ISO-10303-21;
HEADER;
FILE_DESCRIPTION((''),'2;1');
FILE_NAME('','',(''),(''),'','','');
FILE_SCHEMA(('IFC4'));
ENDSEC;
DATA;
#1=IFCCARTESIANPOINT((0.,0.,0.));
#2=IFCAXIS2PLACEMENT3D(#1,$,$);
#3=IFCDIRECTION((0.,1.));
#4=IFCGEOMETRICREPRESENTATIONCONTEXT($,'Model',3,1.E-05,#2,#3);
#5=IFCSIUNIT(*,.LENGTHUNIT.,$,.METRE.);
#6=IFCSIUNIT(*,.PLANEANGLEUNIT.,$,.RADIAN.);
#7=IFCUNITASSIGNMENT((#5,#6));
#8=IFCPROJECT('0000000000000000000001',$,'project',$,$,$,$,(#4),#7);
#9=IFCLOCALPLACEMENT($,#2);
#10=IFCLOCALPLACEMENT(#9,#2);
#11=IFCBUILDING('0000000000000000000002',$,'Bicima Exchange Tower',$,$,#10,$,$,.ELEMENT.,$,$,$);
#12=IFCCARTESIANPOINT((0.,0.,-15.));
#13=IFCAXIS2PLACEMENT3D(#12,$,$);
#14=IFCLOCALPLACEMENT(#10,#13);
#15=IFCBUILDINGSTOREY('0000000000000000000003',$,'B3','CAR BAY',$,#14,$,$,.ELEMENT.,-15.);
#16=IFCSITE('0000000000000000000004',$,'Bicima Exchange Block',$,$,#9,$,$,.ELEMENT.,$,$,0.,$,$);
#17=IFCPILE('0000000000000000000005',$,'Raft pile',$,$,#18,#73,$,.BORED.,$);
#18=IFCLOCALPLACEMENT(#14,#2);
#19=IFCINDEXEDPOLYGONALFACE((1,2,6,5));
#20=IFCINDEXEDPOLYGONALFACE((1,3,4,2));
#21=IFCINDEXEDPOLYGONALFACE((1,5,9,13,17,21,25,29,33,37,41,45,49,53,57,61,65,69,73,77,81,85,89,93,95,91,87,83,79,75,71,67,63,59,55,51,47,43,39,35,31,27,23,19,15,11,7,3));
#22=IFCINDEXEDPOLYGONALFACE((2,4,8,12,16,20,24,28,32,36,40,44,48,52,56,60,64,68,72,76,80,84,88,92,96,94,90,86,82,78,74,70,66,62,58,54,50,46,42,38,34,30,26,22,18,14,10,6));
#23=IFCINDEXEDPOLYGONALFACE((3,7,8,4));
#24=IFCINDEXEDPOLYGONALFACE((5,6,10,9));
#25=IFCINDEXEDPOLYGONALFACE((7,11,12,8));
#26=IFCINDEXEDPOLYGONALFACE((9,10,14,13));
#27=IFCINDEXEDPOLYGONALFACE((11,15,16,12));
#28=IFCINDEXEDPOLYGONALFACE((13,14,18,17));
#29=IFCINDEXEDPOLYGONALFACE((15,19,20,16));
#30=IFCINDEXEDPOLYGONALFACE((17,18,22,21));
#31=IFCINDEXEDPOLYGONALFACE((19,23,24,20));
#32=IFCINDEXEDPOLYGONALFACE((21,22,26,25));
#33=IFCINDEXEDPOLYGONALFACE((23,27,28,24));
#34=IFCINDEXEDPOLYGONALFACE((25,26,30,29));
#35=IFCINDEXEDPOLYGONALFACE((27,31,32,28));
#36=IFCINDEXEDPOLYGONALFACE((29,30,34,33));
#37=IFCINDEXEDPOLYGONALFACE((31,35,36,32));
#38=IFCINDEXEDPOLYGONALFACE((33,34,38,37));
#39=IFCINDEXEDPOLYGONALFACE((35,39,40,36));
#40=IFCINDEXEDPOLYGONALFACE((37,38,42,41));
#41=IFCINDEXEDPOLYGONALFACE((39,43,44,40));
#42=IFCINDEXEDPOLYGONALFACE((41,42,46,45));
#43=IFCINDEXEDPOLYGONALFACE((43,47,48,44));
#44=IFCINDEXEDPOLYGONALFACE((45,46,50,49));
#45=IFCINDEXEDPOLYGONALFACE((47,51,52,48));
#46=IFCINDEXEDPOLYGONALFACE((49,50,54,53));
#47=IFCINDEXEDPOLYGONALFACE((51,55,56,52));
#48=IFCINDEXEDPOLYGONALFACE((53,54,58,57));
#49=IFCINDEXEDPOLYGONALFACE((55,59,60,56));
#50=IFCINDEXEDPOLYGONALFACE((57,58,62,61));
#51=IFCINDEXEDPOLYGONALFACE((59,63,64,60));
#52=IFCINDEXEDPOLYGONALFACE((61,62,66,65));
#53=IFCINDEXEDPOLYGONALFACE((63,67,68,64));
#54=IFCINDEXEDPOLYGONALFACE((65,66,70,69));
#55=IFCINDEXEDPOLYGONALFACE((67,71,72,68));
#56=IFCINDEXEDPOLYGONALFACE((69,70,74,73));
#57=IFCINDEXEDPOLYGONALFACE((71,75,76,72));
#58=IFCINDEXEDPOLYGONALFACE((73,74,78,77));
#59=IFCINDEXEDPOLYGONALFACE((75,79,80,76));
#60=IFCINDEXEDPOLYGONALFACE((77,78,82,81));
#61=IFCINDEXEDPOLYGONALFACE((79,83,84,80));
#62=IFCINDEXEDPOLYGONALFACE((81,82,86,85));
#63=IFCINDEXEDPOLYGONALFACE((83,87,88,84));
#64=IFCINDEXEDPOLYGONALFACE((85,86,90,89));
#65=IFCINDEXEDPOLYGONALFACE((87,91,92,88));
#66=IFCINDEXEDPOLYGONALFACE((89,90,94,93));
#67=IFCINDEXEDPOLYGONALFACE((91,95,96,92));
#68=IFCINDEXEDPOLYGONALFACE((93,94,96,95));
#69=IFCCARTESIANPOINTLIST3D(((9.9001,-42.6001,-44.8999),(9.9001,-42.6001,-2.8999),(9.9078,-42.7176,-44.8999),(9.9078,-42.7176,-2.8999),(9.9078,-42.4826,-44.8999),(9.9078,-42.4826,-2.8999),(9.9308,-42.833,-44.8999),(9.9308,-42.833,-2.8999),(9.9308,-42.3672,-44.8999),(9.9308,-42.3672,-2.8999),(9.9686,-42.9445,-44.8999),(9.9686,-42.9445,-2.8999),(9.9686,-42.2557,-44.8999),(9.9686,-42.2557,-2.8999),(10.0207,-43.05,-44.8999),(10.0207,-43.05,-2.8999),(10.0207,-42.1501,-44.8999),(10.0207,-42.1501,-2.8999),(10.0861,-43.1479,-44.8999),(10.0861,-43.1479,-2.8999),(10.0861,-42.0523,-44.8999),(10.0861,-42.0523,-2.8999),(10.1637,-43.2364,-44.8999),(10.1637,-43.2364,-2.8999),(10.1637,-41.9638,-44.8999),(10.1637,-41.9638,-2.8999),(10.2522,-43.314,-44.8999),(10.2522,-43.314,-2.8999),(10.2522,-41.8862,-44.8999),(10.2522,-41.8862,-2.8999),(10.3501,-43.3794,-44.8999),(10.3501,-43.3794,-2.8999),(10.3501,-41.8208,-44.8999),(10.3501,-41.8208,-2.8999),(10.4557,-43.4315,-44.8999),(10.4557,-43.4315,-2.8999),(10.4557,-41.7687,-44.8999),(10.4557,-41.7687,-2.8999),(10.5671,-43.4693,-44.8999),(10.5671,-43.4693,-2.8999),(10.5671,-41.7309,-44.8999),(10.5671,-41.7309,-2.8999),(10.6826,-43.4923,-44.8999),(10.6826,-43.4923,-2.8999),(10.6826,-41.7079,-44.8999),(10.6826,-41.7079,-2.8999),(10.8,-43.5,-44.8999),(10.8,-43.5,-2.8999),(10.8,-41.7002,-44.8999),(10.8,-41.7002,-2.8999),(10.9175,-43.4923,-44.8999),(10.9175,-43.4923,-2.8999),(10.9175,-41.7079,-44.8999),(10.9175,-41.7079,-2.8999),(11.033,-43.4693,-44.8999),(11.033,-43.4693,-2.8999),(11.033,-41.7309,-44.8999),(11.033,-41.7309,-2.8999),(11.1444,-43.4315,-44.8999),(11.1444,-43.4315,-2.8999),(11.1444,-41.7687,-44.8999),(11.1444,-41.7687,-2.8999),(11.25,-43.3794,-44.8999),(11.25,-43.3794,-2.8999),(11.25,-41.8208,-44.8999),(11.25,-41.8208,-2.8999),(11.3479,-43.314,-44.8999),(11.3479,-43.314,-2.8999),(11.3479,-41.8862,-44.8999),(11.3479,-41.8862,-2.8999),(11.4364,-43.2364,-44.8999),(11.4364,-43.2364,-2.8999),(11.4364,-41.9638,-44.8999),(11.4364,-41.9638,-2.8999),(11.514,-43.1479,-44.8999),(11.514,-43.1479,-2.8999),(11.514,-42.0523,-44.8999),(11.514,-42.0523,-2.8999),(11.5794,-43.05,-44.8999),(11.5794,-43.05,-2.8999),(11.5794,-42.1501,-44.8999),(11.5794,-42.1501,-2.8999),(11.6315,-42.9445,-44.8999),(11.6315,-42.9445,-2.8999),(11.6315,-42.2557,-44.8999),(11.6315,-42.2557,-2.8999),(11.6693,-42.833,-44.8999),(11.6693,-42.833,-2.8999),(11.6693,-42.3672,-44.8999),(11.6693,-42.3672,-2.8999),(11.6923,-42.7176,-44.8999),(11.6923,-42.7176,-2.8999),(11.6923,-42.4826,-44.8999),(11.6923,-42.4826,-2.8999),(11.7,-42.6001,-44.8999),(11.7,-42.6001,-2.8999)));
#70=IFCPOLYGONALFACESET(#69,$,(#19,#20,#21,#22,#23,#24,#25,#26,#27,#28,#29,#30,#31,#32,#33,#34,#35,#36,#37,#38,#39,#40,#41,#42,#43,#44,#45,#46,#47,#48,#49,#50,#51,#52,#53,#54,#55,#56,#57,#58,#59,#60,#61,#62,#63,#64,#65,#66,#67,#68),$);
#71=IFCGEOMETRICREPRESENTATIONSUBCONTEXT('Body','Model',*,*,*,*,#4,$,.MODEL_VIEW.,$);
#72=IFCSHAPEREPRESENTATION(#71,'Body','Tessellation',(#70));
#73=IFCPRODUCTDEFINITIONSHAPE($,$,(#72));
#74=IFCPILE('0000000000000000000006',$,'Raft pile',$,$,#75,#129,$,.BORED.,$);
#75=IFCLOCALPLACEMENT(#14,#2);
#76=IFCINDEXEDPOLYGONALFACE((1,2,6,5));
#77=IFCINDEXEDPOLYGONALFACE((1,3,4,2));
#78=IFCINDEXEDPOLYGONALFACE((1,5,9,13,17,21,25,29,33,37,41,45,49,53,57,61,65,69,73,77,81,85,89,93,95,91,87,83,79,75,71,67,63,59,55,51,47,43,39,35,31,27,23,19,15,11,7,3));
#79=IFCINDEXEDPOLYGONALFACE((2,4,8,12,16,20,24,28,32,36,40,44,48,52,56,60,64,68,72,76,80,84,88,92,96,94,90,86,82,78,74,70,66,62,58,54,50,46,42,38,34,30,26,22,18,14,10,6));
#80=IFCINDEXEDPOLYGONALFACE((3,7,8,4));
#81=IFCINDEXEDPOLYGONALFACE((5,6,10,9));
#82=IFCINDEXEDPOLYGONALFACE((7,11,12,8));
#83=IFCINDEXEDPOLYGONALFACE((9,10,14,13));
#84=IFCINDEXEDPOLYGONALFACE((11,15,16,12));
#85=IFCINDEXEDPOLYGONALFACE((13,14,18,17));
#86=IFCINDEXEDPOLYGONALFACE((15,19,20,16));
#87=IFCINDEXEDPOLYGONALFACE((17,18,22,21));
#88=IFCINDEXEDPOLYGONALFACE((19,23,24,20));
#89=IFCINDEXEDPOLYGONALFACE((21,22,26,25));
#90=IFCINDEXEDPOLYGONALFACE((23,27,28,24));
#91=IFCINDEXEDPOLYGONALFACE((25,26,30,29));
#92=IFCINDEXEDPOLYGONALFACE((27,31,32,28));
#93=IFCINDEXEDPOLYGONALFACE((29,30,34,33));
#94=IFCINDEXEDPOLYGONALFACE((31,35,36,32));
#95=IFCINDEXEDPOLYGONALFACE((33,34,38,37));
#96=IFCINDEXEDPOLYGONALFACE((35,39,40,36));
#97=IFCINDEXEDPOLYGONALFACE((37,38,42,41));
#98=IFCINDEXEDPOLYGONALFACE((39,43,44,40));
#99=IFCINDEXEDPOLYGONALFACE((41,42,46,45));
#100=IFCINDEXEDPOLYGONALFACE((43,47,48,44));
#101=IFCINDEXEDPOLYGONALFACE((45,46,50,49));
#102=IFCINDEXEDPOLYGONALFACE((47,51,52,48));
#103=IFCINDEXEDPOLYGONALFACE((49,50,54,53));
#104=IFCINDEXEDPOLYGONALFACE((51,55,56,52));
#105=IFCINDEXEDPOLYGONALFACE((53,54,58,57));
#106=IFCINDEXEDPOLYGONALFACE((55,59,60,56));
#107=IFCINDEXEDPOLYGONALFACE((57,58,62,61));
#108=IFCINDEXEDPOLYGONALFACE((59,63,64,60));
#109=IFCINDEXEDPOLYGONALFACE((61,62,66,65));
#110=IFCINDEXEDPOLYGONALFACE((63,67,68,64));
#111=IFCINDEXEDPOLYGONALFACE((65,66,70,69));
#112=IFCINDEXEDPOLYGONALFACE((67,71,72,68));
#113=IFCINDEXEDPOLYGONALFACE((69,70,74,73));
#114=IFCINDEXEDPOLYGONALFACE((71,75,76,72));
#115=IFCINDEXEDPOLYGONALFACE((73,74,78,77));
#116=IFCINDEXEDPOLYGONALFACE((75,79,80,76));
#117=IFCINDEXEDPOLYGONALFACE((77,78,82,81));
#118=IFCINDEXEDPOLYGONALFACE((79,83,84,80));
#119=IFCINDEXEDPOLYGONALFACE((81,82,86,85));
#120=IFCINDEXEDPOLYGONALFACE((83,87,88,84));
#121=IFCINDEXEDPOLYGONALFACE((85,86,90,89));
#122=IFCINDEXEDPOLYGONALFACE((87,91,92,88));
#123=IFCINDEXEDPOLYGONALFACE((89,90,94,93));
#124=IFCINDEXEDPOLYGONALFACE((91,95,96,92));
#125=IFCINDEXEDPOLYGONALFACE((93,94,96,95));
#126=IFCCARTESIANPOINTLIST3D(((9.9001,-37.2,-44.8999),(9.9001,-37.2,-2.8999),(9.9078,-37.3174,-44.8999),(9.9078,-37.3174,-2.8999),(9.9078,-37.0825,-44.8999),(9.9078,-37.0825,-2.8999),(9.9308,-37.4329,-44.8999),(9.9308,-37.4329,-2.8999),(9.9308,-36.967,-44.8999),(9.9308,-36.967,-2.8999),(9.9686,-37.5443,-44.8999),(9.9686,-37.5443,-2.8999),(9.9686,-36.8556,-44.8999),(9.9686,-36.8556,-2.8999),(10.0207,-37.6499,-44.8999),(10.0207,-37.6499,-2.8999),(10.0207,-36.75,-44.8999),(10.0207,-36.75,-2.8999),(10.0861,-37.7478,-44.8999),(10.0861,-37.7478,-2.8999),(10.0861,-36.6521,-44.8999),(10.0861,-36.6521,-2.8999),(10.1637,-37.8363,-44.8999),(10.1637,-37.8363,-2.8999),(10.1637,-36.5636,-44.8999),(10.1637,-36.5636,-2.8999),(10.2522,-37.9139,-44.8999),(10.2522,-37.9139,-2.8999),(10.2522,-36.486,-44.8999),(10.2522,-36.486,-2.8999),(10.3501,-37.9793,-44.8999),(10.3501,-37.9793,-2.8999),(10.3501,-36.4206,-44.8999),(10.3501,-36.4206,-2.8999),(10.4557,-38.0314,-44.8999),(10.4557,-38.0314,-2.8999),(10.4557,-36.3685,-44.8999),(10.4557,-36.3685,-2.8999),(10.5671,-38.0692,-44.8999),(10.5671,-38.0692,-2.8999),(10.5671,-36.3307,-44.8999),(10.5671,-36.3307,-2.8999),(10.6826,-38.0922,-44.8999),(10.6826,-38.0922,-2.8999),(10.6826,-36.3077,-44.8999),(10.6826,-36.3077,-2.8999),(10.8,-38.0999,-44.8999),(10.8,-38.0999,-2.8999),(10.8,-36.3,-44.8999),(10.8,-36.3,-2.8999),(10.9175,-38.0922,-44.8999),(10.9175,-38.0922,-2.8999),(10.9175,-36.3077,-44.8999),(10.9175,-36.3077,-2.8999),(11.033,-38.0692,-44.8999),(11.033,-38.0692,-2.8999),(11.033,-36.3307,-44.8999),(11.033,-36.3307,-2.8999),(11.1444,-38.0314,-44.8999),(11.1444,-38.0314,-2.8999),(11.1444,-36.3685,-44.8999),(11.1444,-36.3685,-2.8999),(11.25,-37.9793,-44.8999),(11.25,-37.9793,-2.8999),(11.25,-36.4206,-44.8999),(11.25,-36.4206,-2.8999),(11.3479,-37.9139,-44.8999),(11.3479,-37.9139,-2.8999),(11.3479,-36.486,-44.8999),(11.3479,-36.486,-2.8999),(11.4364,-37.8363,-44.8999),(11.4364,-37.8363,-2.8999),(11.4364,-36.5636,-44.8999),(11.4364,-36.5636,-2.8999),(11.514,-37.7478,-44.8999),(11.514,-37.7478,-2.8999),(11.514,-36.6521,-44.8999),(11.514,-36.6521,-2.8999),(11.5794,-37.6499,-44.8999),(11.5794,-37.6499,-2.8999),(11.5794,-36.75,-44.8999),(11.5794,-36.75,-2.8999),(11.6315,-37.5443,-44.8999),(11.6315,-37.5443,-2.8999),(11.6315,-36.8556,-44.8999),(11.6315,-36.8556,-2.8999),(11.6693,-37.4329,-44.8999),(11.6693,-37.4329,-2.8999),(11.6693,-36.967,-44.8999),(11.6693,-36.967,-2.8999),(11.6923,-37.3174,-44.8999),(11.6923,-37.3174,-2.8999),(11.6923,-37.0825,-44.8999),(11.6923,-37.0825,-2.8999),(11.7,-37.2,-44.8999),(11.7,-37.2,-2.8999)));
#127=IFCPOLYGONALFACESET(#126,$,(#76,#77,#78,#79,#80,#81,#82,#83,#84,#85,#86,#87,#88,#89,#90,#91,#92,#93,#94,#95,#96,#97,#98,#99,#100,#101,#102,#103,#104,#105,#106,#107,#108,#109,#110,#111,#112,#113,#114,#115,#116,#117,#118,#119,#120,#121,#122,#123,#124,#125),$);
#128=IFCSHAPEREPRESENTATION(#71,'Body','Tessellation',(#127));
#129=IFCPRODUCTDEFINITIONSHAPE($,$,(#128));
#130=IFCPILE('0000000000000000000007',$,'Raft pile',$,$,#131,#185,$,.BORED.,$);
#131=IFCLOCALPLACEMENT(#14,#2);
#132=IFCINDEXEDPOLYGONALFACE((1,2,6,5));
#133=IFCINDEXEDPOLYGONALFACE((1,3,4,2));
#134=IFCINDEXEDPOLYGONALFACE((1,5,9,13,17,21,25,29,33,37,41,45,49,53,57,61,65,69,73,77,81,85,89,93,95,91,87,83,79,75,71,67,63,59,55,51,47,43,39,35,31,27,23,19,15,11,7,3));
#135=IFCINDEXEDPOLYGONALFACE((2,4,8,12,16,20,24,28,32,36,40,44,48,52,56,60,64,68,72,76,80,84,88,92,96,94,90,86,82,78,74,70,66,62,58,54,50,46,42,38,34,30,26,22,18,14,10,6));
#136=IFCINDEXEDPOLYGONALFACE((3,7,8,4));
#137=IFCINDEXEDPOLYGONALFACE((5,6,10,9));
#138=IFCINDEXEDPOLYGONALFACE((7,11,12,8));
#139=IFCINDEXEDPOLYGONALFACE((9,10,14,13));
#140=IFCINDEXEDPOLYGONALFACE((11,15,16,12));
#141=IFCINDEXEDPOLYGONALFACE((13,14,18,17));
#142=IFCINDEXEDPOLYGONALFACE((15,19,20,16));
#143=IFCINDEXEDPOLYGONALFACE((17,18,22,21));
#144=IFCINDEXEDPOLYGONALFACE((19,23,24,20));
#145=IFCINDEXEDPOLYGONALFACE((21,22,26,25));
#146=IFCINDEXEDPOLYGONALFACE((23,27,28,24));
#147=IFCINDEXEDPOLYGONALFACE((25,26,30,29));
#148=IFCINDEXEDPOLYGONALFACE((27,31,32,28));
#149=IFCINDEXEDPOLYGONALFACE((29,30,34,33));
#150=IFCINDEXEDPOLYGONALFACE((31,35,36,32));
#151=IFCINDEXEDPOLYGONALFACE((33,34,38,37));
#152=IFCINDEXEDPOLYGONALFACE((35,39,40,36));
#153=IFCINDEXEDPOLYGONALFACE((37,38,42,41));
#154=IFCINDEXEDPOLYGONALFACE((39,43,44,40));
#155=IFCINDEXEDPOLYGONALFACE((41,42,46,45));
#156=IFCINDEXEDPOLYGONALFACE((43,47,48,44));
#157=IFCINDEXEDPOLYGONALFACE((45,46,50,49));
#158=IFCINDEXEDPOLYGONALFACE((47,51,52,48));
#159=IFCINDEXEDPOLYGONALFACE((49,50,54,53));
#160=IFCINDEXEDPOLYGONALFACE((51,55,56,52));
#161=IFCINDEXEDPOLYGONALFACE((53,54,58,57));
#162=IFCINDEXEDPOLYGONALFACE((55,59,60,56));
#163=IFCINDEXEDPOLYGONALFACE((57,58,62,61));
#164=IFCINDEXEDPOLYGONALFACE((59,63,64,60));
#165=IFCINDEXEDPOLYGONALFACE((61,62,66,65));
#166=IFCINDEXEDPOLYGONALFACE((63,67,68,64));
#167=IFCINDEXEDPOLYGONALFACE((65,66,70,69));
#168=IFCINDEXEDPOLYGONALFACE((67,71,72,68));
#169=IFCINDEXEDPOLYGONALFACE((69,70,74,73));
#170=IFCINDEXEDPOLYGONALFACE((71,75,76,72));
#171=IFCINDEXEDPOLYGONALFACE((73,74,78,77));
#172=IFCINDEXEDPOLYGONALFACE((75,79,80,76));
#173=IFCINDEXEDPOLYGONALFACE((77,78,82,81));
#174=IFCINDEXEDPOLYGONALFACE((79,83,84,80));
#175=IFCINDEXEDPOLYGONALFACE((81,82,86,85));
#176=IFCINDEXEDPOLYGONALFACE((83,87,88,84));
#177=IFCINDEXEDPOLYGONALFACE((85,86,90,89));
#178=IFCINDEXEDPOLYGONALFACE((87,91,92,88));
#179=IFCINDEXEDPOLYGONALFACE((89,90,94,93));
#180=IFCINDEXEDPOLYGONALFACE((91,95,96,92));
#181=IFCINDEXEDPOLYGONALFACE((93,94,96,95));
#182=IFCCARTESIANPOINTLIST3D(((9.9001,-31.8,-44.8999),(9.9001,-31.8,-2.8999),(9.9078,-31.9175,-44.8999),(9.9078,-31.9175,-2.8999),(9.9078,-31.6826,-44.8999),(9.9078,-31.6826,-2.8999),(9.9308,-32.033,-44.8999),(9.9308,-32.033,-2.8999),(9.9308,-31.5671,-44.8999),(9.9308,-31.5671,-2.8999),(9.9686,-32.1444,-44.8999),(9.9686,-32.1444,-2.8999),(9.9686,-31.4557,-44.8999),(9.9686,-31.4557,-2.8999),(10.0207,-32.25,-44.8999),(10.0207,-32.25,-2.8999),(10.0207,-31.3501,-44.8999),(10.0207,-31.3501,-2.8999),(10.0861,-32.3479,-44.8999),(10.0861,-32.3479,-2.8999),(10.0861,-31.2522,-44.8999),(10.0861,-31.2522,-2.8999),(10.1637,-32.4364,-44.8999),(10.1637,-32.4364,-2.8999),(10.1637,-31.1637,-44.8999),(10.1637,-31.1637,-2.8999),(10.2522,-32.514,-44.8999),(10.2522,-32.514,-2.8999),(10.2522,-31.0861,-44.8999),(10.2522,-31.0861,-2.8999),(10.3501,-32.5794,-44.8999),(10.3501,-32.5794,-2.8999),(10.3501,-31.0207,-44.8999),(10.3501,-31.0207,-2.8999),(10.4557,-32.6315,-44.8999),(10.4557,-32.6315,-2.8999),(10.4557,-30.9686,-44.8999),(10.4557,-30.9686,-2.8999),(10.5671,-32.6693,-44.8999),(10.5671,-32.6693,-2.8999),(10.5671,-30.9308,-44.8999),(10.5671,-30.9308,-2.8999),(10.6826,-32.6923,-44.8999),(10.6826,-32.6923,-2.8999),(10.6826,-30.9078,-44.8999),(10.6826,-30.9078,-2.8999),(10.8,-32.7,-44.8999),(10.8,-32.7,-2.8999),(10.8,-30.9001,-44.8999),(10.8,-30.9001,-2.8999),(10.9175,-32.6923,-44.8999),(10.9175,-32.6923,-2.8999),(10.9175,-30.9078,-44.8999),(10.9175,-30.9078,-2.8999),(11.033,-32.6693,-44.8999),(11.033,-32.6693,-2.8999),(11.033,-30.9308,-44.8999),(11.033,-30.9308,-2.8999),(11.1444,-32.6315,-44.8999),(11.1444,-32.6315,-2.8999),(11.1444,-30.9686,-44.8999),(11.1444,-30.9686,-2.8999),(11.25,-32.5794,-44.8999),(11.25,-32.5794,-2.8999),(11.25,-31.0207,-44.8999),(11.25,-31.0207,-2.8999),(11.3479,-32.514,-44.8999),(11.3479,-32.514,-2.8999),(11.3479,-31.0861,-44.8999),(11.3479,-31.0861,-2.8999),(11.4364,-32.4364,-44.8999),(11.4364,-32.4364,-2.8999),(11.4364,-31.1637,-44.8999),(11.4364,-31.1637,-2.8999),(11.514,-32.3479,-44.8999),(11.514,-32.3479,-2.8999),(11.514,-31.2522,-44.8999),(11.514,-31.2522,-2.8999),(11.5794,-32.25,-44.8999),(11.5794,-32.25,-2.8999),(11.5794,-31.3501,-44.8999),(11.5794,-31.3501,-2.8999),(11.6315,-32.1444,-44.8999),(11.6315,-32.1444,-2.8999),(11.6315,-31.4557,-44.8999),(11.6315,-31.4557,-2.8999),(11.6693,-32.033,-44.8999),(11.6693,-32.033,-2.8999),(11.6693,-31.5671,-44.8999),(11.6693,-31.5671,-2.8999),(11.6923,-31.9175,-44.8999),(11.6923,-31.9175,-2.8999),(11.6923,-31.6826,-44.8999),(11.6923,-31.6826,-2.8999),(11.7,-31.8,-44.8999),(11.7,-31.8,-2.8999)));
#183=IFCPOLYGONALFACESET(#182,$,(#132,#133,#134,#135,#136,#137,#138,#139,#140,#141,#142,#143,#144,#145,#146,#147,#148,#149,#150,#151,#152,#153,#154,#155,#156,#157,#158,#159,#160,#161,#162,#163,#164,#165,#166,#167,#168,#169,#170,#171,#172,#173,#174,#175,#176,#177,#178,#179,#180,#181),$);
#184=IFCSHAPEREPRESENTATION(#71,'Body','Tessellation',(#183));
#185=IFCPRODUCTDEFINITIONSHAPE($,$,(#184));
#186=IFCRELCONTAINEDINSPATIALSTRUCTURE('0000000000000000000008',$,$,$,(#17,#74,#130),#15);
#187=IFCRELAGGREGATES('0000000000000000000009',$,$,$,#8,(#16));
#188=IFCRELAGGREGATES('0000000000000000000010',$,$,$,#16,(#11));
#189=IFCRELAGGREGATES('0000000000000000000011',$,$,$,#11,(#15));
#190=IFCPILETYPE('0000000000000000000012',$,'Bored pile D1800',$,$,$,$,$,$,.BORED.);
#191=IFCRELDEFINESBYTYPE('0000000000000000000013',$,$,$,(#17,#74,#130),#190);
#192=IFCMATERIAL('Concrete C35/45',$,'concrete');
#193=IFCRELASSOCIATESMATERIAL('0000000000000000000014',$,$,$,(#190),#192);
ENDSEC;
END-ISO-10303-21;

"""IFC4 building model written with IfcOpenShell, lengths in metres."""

from ifc_helpers import new_model, si_unit, direction, frame, origin, origin_2d, place, context, subcontext, project, spatial, circle, extrude, material, material_profile, profile_set, type_object, element, save


model = new_model("IFC4")

# Units and contexts
model_context = context("Model", 3, precision=1e-05, world=origin(), true_north=direction((0.0, 1.0)))
body_context = subcontext(model_context, "Body", "Model", "MODEL_VIEW")
ifc_project = project(units=[si_unit("LENGTHUNIT", "METRE"), si_unit("PLANEANGLEUNIT", "RADIAN")], contexts=[model_context])

# Site, building, storey
site_placement = place(None, origin())
site = spatial("IfcSite", under=ifc_project, at=site_placement, Name="Bicima Exchange Block", CompositionType="ELEMENT", RefElevation=0.0)
building_placement = place(site_placement, origin())
building = spatial("IfcBuilding", under=site, at=building_placement, Name="Bicima Exchange Tower", CompositionType="ELEMENT")
storey_placement = place(building_placement, frame((0.0, 0.0, -15.0)))
storey = spatial("IfcBuildingStorey", under=building, at=storey_placement, Name="B3", Description="CAR BAY", CompositionType="ELEMENT", Elevation=-15.0)

# Piles
ifc_material_1 = material(Name="Concrete C35/45", Category="concrete")
ifc_material_profile_1 = material_profile(ifc_material_1, circle(Radius=0.8999, at=origin_2d()))
ifc_profile_set_1 = profile_set([ifc_material_profile_1], Name="Concrete C35/45")
pile_type = type_object("IfcPileType", Name="Bored pile D1800", PredefinedType="BORED", material=ifc_profile_set_1)
for number, where, z_axis, x_axis, name in (
    (1, (10.8, -42.6001, -2.8999), (0.0, 0.0, -1.0), (1.0, 0.0, 0.0), "Raft pile"),
    (2, (10.8, -37.2, -2.8999), (0.0, 0.0, -1.0), (1.0, 0.0, 0.0), "Raft pile"),
    (3, (10.8, -31.8, -2.8999), (0.0, 0.0, -1.0), (1.0, 0.0, 0.0), "Raft pile"),
):
    element("IfcPile", number, at=place(storey_placement, frame(where, z_axis=z_axis, x_axis=x_axis)), inside=storey, type_object=pile_type, Name=name, PredefinedType="BORED", context=body_context, shape_type="SweptSolid", body=[
        extrude(circle(Radius=0.8999, at=origin_2d()), origin(), (0.0, 0.0, 1.0), 42.0),
    ])

save(model, "model.ifc")
